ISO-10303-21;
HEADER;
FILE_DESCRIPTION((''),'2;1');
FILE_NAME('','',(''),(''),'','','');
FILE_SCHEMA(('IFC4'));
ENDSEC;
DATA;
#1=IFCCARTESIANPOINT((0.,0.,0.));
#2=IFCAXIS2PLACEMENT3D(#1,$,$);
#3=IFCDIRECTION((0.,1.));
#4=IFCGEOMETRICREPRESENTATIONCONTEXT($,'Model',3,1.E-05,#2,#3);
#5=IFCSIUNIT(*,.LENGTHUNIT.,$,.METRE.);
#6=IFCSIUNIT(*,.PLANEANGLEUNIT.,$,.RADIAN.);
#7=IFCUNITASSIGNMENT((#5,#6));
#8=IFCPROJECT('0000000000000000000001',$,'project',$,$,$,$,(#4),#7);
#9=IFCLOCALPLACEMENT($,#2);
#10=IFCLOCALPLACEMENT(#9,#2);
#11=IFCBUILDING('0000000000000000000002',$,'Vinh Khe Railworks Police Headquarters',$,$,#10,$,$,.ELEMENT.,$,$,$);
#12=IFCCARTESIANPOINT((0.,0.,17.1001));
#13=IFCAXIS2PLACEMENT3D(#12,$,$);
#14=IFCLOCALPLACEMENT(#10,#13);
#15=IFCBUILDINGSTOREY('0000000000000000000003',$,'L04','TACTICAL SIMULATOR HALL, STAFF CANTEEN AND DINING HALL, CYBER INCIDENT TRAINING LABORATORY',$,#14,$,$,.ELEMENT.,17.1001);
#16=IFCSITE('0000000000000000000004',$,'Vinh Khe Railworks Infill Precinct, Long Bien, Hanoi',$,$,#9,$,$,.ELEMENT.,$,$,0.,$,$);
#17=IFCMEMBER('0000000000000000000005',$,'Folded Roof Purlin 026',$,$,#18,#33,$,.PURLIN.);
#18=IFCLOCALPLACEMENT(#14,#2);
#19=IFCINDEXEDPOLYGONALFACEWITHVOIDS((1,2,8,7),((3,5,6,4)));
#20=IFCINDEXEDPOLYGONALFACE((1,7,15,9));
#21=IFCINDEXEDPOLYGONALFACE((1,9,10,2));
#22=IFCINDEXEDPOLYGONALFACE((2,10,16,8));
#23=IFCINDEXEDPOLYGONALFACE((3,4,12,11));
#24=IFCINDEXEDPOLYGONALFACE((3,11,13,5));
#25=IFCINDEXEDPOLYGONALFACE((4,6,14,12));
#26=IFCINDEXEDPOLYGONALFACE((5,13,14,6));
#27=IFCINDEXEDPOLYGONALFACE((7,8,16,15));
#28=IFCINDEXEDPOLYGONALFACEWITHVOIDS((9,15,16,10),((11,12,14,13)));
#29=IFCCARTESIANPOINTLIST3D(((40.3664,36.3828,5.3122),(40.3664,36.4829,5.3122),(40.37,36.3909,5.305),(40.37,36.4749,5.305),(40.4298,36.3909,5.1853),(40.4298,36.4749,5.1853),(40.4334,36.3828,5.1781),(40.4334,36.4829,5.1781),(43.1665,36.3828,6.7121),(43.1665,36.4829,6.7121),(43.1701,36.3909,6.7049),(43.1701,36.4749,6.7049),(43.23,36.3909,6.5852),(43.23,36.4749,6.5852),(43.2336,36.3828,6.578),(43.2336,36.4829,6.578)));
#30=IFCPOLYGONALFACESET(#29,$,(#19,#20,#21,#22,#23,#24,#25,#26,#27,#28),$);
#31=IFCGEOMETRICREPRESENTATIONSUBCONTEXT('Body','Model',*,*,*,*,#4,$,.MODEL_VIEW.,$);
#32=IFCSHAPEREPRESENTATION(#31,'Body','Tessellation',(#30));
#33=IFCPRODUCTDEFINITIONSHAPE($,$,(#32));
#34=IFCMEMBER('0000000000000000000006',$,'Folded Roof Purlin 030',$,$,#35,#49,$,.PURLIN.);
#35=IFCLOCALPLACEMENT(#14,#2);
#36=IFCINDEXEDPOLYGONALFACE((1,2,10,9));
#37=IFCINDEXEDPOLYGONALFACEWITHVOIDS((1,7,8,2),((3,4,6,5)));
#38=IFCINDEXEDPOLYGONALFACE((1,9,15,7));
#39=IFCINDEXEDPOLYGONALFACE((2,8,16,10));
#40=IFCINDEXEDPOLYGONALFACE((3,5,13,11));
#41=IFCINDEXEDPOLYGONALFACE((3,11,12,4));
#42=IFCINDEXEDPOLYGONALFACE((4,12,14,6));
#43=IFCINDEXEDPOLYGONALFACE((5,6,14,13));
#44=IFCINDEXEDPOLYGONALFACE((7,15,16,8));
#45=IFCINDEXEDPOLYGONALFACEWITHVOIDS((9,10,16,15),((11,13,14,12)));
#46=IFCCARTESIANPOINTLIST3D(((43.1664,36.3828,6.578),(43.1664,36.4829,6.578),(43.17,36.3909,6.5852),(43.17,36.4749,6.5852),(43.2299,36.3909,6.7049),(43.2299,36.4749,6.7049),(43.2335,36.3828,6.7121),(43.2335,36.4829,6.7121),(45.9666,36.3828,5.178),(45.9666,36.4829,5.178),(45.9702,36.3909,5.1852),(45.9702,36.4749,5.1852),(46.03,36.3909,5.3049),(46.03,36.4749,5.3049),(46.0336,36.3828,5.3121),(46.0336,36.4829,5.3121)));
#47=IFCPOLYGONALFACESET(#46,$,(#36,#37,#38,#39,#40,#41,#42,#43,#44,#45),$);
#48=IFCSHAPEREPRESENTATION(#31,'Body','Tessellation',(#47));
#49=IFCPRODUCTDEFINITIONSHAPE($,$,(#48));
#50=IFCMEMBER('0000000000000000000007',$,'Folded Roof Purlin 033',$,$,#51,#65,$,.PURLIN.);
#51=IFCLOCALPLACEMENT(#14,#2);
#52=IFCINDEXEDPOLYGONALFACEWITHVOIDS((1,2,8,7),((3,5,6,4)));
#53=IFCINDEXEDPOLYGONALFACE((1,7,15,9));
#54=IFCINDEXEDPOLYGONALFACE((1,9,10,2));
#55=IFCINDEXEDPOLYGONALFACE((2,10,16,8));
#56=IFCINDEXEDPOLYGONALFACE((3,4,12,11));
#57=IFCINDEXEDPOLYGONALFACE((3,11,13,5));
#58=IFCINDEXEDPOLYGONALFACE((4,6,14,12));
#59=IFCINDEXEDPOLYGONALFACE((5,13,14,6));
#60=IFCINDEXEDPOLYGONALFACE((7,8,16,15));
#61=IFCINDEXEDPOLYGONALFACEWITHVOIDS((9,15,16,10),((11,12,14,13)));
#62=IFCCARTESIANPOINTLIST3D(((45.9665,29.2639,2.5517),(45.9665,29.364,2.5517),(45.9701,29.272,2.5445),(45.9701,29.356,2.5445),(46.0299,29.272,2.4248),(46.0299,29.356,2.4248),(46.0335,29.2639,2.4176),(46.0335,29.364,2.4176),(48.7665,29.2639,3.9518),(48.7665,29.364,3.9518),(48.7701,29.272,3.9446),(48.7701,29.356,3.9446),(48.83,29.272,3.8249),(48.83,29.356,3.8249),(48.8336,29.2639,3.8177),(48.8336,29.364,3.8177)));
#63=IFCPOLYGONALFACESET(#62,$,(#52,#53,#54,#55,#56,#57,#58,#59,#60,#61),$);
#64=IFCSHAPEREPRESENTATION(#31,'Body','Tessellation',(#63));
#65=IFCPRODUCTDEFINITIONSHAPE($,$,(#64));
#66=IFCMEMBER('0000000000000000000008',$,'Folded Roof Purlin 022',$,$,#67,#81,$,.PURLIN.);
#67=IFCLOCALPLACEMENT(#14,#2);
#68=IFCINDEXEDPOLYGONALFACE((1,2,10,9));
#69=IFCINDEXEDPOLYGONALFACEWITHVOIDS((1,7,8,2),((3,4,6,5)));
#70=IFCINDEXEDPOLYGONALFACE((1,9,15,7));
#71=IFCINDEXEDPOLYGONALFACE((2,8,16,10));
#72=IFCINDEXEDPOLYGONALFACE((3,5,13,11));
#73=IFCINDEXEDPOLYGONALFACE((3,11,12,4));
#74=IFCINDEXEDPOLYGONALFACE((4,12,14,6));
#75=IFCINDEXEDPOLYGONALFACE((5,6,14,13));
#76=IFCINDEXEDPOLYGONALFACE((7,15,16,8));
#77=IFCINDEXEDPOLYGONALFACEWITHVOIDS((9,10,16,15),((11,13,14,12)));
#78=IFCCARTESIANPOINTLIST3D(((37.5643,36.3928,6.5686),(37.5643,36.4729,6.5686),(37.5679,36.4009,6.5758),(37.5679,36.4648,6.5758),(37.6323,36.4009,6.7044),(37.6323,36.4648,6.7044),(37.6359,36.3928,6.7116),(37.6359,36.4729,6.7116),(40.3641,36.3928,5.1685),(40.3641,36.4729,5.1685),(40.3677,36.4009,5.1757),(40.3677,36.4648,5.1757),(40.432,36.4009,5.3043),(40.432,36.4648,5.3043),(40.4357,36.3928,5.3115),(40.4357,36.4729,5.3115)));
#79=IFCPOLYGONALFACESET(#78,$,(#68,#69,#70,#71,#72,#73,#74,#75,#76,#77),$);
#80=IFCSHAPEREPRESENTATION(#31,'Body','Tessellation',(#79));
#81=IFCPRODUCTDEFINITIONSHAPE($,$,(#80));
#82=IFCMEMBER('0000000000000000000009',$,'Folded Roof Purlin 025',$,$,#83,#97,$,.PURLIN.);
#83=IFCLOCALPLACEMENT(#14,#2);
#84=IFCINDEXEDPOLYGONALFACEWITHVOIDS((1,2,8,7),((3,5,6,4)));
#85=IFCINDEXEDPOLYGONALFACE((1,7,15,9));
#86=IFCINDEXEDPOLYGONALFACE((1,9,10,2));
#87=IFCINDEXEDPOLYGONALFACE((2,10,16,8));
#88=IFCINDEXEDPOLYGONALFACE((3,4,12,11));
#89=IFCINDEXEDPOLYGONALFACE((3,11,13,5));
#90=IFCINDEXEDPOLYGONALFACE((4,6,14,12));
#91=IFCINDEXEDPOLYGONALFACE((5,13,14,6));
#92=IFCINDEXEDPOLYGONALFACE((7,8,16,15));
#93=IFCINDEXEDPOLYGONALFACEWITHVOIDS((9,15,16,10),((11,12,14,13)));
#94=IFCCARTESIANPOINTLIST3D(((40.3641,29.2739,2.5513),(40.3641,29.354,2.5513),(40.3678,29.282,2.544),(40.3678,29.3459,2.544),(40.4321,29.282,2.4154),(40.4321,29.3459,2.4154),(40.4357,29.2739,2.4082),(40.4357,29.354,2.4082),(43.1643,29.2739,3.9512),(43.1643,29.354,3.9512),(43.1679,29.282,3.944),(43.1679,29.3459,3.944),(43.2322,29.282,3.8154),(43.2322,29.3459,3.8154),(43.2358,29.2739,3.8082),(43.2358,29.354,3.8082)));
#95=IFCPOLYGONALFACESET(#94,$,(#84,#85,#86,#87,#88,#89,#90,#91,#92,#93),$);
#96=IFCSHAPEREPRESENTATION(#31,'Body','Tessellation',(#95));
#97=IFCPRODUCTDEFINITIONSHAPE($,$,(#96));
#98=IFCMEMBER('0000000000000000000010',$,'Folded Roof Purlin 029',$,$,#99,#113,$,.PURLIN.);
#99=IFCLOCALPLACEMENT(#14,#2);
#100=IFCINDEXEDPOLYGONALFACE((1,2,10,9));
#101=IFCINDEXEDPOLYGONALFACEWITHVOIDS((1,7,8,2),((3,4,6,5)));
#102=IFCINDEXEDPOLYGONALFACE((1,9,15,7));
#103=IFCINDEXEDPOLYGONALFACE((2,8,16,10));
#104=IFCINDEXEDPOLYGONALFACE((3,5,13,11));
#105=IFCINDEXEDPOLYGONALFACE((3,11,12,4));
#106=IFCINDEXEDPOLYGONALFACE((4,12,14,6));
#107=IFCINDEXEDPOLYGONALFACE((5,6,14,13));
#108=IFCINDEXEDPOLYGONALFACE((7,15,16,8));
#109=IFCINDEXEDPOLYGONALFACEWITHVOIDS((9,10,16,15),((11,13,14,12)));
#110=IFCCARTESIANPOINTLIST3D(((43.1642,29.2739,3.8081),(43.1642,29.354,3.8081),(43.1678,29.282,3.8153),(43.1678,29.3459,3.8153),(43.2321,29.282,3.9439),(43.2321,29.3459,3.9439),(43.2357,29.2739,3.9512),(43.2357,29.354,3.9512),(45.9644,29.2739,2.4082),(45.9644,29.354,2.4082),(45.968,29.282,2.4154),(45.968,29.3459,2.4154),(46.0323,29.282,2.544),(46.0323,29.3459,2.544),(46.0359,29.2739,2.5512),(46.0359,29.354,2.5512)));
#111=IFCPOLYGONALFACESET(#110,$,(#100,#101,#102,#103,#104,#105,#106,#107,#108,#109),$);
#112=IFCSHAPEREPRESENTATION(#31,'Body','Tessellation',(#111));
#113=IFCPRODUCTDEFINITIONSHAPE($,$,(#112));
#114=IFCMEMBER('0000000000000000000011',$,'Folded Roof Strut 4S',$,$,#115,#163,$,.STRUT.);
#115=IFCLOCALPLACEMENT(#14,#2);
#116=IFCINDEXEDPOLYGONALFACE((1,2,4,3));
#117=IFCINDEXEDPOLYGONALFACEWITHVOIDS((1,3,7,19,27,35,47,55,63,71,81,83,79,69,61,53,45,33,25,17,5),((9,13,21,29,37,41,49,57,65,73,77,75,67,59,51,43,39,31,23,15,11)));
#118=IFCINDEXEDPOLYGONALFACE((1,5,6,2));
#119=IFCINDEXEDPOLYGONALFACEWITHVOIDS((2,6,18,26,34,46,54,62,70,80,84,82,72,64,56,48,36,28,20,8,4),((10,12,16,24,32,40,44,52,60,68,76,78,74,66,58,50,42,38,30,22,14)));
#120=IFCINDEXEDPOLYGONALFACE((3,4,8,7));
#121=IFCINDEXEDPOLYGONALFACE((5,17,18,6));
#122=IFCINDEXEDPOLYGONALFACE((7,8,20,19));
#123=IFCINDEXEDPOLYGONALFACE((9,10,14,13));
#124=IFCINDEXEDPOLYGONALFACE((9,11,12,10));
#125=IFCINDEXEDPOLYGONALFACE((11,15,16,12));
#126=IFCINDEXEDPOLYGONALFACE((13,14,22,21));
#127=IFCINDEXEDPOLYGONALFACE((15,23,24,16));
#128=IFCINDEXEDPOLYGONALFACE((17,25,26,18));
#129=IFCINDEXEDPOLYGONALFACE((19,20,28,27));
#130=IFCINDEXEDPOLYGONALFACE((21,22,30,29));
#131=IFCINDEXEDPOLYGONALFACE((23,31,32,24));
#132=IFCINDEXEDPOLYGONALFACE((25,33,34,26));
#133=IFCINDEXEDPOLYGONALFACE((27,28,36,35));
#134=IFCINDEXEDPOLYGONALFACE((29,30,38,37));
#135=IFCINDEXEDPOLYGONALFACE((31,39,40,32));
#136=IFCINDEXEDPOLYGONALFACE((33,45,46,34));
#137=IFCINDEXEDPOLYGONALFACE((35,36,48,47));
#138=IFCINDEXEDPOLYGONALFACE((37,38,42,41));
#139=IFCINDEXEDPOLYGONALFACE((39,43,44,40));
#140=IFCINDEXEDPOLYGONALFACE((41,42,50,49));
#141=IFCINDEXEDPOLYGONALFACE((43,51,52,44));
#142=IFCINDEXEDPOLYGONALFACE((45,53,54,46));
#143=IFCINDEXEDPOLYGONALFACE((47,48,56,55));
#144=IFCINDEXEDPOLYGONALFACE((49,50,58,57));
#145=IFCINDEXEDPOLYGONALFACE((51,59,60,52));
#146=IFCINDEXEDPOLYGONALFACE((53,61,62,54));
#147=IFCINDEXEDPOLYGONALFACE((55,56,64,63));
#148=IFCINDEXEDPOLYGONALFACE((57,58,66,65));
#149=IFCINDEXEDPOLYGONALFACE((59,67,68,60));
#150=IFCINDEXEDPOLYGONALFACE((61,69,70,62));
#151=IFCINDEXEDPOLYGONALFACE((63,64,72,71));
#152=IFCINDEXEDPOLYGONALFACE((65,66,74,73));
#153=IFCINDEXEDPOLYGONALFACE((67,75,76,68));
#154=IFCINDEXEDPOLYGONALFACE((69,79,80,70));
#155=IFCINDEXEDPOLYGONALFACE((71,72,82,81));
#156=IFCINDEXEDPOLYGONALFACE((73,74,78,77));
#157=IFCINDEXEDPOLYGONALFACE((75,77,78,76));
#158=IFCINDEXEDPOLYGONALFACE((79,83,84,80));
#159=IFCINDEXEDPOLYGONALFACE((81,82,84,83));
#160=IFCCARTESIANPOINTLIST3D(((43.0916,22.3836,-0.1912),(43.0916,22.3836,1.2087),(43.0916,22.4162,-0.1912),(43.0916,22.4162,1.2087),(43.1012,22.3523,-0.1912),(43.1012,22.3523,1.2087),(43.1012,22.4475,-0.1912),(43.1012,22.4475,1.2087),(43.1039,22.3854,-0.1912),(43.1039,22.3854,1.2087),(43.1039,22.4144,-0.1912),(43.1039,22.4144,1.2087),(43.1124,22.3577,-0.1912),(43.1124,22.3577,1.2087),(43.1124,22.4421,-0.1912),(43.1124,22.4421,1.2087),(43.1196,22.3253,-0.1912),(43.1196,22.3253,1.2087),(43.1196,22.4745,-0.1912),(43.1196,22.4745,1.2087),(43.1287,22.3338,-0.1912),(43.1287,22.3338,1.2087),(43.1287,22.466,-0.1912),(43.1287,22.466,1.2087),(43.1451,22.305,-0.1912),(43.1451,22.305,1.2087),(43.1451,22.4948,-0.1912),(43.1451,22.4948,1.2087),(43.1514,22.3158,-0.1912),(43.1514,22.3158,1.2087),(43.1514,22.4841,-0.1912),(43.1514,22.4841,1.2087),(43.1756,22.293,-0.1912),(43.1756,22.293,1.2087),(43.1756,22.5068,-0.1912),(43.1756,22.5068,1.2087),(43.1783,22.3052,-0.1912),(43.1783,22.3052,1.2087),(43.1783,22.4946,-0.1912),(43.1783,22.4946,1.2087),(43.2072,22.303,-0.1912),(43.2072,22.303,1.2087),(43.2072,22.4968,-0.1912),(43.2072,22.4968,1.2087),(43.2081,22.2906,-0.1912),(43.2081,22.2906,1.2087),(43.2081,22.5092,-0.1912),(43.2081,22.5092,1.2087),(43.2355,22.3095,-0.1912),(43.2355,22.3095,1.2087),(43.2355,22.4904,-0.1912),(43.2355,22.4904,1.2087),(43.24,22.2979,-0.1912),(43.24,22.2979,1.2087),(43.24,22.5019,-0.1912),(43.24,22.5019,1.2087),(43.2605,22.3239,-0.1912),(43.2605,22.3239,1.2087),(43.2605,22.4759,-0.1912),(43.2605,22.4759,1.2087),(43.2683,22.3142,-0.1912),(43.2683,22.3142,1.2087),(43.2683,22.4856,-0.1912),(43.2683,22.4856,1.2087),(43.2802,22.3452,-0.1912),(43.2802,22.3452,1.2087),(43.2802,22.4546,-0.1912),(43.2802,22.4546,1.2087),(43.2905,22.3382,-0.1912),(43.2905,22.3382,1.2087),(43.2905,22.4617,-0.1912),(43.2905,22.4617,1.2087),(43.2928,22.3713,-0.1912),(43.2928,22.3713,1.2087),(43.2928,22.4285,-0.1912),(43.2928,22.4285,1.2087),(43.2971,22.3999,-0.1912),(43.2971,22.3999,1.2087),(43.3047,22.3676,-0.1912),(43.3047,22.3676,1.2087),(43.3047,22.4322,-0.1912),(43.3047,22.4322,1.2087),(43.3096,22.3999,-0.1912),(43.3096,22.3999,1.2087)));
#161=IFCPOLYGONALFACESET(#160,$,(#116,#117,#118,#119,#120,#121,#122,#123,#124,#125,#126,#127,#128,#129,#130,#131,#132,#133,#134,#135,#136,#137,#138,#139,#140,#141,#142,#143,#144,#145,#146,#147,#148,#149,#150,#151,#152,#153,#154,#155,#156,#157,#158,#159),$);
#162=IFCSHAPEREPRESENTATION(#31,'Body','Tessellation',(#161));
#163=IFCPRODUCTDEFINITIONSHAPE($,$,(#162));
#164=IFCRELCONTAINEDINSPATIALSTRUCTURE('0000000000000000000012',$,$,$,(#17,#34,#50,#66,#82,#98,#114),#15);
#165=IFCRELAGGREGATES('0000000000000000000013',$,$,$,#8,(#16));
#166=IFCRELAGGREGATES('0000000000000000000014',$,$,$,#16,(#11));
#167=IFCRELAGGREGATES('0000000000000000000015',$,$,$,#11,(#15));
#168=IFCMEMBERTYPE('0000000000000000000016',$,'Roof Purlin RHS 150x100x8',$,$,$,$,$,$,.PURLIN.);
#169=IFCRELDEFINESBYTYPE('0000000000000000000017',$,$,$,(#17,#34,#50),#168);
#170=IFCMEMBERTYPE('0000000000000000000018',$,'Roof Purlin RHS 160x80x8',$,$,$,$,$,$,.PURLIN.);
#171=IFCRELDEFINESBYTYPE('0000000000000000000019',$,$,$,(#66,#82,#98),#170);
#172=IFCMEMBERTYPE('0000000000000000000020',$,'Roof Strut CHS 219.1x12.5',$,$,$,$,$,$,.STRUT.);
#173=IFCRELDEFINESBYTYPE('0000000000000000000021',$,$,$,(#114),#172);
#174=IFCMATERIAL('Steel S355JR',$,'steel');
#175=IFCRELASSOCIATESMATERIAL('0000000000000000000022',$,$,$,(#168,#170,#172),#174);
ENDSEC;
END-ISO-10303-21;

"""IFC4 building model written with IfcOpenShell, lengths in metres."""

from ifc_helpers import new_model, si_unit, direction, frame, origin, origin_2d, place, context, subcontext, project, spatial, hollow_rectangle, hollow_circle, extrude, material, material_profile, profile_set, type_object, element, save


model = new_model("IFC4")

# Units and contexts
model_context = context("Model", 3, precision=1e-05, world=origin(), true_north=direction((0.0, 1.0)))
body_context = subcontext(model_context, "Body", "Model", "MODEL_VIEW")
ifc_project = project(units=[si_unit("LENGTHUNIT", "METRE"), si_unit("PLANEANGLEUNIT", "RADIAN")], contexts=[model_context])

# Site, building, storey
site_placement = place(None, origin())
site = spatial("IfcSite", under=ifc_project, at=site_placement, Name="Vinh Khe Railworks Infill Precinct, Long Bien, Hanoi", CompositionType="ELEMENT", RefElevation=0.0)
building_placement = place(site_placement, origin())
building = spatial("IfcBuilding", under=site, at=building_placement, Name="Vinh Khe Railworks Police Headquarters", CompositionType="ELEMENT")
storey_placement = place(building_placement, frame((0.0, 0.0, 17.1001)))
storey = spatial("IfcBuildingStorey", under=building, at=storey_placement, Name="L04", Description="TACTICAL SIMULATOR HALL, STAFF CANTEEN AND DINING HALL, CYBER INCIDENT TRAINING LABORATORY", CompositionType="ELEMENT", Elevation=17.1001)

# Members
ifc_material_1 = material(Name="Steel S355JR", Category="steel")
ifc_material_profile_1 = material_profile(ifc_material_1, hollow_rectangle(XDim=0.1001, YDim=0.1499, WallThickness=0.0081, at=origin_2d()), Name="RHS 150x100x8")
ifc_profile_set_1 = profile_set([ifc_material_profile_1], Name="Steel S355JR")
member_type_1 = type_object("IfcMemberType", Name="Roof Purlin RHS 150x100x8", PredefinedType="PURLIN", material=ifc_profile_set_1)
for number, where, z_axis, x_axis, name in (
    (1, (40.3999, 36.4329, 5.2451), (0.894443, 0.0, 0.447182), (0.0, 1.0, 0.0), "Folded Roof Purlin 026"),
    (2, (43.2, 36.4329, 6.645), (0.894443, 0.0, -0.447182), (0.0, 1.0, 0.0), "Folded Roof Purlin 030"),
    (3, (46.0, 29.314, 2.4846), (0.894412, 0.0, 0.447245), (0.0, 1.0, 0.0), "Folded Roof Purlin 033"),
):
    element("IfcMember", number, at=place(storey_placement, frame(where, z_axis=z_axis, x_axis=x_axis)), inside=storey, type_object=member_type_1, Name=name, PredefinedType="PURLIN", context=body_context, shape_type="SweptSolid", body=[
        extrude(hollow_rectangle(XDim=0.1001, YDim=0.1499, WallThickness=0.0081, at=origin_2d()), origin(), (0.0, 0.0, 1.0), 3.1306),
    ])
ifc_material_profile_2 = material_profile(ifc_material_1, hollow_rectangle(XDim=0.0801, YDim=0.1599, WallThickness=0.0081, at=origin_2d()), Name="RHS 160x80x8")
ifc_profile_set_2 = profile_set([ifc_material_profile_2], Name="Steel S355JR")
member_type_2 = type_object("IfcMemberType", Name="Roof Purlin RHS 160x80x8", PredefinedType="PURLIN", material=ifc_profile_set_2)
member_1_placement = place(storey_placement, frame((37.6001, 36.4329, 6.6401), z_axis=(0.894396, 0.0, -0.447276), x_axis=(0.0, 1.0, 0.0)))
element("IfcMember", 4, at=member_1_placement, inside=storey, type_object=member_type_2, Name="Folded Roof Purlin 022", PredefinedType="PURLIN", context=body_context, shape_type="SweptSolid", body=[
    extrude(hollow_rectangle(XDim=0.0801, YDim=0.1599, WallThickness=0.0081, at=origin_2d()), origin(), (0.0, 0.0, 1.0), 3.1304),
])
for number, where, z_axis, x_axis, name in (
    (5, (40.3999, 29.314, 2.4797), (0.894443, 0.0, 0.447182), (0.0, 1.0, 0.0), "Folded Roof Purlin 025"),
    (6, (43.2, 29.314, 3.8796), (0.894443, 0.0, -0.447182), (0.0, 1.0, 0.0), "Folded Roof Purlin 029"),
):
    element("IfcMember", number, at=place(storey_placement, frame(where, z_axis=z_axis, x_axis=x_axis)), inside=storey, type_object=member_type_2, Name=name, PredefinedType="PURLIN", context=body_context, shape_type="SweptSolid", body=[
        extrude(hollow_rectangle(XDim=0.0801, YDim=0.1599, WallThickness=0.0081, at=origin_2d()), origin(), (0.0, 0.0, 1.0), 3.1306),
    ])
ifc_material_profile_3 = material_profile(ifc_material_1, hollow_circle(Radius=0.1096, WallThickness=0.0125, at=origin_2d()), Name="CHS 219.1x12.5")
ifc_profile_set_3 = profile_set([ifc_material_profile_3], Name="Steel S355JR")
member_type_3 = type_object("IfcMemberType", Name="Roof Strut CHS 219.1x12.5", PredefinedType="STRUT", material=ifc_profile_set_3)
member_2_placement = place(storey_placement, frame((43.2, 22.3999, -0.1912), z_axis=(0.0, 0.0, 1.0), x_axis=(1.0, 0.0, 0.0)))
element("IfcMember", 7, at=member_2_placement, inside=storey, type_object=member_type_3, Name="Folded Roof Strut 4S", PredefinedType="STRUT", context=body_context, shape_type="SweptSolid", body=[
    extrude(hollow_circle(Radius=0.1096, WallThickness=0.0125, at=origin_2d()), origin(), (0.0, 0.0, 1.0), 1.3999),
])

save(model, "model.ifc")
